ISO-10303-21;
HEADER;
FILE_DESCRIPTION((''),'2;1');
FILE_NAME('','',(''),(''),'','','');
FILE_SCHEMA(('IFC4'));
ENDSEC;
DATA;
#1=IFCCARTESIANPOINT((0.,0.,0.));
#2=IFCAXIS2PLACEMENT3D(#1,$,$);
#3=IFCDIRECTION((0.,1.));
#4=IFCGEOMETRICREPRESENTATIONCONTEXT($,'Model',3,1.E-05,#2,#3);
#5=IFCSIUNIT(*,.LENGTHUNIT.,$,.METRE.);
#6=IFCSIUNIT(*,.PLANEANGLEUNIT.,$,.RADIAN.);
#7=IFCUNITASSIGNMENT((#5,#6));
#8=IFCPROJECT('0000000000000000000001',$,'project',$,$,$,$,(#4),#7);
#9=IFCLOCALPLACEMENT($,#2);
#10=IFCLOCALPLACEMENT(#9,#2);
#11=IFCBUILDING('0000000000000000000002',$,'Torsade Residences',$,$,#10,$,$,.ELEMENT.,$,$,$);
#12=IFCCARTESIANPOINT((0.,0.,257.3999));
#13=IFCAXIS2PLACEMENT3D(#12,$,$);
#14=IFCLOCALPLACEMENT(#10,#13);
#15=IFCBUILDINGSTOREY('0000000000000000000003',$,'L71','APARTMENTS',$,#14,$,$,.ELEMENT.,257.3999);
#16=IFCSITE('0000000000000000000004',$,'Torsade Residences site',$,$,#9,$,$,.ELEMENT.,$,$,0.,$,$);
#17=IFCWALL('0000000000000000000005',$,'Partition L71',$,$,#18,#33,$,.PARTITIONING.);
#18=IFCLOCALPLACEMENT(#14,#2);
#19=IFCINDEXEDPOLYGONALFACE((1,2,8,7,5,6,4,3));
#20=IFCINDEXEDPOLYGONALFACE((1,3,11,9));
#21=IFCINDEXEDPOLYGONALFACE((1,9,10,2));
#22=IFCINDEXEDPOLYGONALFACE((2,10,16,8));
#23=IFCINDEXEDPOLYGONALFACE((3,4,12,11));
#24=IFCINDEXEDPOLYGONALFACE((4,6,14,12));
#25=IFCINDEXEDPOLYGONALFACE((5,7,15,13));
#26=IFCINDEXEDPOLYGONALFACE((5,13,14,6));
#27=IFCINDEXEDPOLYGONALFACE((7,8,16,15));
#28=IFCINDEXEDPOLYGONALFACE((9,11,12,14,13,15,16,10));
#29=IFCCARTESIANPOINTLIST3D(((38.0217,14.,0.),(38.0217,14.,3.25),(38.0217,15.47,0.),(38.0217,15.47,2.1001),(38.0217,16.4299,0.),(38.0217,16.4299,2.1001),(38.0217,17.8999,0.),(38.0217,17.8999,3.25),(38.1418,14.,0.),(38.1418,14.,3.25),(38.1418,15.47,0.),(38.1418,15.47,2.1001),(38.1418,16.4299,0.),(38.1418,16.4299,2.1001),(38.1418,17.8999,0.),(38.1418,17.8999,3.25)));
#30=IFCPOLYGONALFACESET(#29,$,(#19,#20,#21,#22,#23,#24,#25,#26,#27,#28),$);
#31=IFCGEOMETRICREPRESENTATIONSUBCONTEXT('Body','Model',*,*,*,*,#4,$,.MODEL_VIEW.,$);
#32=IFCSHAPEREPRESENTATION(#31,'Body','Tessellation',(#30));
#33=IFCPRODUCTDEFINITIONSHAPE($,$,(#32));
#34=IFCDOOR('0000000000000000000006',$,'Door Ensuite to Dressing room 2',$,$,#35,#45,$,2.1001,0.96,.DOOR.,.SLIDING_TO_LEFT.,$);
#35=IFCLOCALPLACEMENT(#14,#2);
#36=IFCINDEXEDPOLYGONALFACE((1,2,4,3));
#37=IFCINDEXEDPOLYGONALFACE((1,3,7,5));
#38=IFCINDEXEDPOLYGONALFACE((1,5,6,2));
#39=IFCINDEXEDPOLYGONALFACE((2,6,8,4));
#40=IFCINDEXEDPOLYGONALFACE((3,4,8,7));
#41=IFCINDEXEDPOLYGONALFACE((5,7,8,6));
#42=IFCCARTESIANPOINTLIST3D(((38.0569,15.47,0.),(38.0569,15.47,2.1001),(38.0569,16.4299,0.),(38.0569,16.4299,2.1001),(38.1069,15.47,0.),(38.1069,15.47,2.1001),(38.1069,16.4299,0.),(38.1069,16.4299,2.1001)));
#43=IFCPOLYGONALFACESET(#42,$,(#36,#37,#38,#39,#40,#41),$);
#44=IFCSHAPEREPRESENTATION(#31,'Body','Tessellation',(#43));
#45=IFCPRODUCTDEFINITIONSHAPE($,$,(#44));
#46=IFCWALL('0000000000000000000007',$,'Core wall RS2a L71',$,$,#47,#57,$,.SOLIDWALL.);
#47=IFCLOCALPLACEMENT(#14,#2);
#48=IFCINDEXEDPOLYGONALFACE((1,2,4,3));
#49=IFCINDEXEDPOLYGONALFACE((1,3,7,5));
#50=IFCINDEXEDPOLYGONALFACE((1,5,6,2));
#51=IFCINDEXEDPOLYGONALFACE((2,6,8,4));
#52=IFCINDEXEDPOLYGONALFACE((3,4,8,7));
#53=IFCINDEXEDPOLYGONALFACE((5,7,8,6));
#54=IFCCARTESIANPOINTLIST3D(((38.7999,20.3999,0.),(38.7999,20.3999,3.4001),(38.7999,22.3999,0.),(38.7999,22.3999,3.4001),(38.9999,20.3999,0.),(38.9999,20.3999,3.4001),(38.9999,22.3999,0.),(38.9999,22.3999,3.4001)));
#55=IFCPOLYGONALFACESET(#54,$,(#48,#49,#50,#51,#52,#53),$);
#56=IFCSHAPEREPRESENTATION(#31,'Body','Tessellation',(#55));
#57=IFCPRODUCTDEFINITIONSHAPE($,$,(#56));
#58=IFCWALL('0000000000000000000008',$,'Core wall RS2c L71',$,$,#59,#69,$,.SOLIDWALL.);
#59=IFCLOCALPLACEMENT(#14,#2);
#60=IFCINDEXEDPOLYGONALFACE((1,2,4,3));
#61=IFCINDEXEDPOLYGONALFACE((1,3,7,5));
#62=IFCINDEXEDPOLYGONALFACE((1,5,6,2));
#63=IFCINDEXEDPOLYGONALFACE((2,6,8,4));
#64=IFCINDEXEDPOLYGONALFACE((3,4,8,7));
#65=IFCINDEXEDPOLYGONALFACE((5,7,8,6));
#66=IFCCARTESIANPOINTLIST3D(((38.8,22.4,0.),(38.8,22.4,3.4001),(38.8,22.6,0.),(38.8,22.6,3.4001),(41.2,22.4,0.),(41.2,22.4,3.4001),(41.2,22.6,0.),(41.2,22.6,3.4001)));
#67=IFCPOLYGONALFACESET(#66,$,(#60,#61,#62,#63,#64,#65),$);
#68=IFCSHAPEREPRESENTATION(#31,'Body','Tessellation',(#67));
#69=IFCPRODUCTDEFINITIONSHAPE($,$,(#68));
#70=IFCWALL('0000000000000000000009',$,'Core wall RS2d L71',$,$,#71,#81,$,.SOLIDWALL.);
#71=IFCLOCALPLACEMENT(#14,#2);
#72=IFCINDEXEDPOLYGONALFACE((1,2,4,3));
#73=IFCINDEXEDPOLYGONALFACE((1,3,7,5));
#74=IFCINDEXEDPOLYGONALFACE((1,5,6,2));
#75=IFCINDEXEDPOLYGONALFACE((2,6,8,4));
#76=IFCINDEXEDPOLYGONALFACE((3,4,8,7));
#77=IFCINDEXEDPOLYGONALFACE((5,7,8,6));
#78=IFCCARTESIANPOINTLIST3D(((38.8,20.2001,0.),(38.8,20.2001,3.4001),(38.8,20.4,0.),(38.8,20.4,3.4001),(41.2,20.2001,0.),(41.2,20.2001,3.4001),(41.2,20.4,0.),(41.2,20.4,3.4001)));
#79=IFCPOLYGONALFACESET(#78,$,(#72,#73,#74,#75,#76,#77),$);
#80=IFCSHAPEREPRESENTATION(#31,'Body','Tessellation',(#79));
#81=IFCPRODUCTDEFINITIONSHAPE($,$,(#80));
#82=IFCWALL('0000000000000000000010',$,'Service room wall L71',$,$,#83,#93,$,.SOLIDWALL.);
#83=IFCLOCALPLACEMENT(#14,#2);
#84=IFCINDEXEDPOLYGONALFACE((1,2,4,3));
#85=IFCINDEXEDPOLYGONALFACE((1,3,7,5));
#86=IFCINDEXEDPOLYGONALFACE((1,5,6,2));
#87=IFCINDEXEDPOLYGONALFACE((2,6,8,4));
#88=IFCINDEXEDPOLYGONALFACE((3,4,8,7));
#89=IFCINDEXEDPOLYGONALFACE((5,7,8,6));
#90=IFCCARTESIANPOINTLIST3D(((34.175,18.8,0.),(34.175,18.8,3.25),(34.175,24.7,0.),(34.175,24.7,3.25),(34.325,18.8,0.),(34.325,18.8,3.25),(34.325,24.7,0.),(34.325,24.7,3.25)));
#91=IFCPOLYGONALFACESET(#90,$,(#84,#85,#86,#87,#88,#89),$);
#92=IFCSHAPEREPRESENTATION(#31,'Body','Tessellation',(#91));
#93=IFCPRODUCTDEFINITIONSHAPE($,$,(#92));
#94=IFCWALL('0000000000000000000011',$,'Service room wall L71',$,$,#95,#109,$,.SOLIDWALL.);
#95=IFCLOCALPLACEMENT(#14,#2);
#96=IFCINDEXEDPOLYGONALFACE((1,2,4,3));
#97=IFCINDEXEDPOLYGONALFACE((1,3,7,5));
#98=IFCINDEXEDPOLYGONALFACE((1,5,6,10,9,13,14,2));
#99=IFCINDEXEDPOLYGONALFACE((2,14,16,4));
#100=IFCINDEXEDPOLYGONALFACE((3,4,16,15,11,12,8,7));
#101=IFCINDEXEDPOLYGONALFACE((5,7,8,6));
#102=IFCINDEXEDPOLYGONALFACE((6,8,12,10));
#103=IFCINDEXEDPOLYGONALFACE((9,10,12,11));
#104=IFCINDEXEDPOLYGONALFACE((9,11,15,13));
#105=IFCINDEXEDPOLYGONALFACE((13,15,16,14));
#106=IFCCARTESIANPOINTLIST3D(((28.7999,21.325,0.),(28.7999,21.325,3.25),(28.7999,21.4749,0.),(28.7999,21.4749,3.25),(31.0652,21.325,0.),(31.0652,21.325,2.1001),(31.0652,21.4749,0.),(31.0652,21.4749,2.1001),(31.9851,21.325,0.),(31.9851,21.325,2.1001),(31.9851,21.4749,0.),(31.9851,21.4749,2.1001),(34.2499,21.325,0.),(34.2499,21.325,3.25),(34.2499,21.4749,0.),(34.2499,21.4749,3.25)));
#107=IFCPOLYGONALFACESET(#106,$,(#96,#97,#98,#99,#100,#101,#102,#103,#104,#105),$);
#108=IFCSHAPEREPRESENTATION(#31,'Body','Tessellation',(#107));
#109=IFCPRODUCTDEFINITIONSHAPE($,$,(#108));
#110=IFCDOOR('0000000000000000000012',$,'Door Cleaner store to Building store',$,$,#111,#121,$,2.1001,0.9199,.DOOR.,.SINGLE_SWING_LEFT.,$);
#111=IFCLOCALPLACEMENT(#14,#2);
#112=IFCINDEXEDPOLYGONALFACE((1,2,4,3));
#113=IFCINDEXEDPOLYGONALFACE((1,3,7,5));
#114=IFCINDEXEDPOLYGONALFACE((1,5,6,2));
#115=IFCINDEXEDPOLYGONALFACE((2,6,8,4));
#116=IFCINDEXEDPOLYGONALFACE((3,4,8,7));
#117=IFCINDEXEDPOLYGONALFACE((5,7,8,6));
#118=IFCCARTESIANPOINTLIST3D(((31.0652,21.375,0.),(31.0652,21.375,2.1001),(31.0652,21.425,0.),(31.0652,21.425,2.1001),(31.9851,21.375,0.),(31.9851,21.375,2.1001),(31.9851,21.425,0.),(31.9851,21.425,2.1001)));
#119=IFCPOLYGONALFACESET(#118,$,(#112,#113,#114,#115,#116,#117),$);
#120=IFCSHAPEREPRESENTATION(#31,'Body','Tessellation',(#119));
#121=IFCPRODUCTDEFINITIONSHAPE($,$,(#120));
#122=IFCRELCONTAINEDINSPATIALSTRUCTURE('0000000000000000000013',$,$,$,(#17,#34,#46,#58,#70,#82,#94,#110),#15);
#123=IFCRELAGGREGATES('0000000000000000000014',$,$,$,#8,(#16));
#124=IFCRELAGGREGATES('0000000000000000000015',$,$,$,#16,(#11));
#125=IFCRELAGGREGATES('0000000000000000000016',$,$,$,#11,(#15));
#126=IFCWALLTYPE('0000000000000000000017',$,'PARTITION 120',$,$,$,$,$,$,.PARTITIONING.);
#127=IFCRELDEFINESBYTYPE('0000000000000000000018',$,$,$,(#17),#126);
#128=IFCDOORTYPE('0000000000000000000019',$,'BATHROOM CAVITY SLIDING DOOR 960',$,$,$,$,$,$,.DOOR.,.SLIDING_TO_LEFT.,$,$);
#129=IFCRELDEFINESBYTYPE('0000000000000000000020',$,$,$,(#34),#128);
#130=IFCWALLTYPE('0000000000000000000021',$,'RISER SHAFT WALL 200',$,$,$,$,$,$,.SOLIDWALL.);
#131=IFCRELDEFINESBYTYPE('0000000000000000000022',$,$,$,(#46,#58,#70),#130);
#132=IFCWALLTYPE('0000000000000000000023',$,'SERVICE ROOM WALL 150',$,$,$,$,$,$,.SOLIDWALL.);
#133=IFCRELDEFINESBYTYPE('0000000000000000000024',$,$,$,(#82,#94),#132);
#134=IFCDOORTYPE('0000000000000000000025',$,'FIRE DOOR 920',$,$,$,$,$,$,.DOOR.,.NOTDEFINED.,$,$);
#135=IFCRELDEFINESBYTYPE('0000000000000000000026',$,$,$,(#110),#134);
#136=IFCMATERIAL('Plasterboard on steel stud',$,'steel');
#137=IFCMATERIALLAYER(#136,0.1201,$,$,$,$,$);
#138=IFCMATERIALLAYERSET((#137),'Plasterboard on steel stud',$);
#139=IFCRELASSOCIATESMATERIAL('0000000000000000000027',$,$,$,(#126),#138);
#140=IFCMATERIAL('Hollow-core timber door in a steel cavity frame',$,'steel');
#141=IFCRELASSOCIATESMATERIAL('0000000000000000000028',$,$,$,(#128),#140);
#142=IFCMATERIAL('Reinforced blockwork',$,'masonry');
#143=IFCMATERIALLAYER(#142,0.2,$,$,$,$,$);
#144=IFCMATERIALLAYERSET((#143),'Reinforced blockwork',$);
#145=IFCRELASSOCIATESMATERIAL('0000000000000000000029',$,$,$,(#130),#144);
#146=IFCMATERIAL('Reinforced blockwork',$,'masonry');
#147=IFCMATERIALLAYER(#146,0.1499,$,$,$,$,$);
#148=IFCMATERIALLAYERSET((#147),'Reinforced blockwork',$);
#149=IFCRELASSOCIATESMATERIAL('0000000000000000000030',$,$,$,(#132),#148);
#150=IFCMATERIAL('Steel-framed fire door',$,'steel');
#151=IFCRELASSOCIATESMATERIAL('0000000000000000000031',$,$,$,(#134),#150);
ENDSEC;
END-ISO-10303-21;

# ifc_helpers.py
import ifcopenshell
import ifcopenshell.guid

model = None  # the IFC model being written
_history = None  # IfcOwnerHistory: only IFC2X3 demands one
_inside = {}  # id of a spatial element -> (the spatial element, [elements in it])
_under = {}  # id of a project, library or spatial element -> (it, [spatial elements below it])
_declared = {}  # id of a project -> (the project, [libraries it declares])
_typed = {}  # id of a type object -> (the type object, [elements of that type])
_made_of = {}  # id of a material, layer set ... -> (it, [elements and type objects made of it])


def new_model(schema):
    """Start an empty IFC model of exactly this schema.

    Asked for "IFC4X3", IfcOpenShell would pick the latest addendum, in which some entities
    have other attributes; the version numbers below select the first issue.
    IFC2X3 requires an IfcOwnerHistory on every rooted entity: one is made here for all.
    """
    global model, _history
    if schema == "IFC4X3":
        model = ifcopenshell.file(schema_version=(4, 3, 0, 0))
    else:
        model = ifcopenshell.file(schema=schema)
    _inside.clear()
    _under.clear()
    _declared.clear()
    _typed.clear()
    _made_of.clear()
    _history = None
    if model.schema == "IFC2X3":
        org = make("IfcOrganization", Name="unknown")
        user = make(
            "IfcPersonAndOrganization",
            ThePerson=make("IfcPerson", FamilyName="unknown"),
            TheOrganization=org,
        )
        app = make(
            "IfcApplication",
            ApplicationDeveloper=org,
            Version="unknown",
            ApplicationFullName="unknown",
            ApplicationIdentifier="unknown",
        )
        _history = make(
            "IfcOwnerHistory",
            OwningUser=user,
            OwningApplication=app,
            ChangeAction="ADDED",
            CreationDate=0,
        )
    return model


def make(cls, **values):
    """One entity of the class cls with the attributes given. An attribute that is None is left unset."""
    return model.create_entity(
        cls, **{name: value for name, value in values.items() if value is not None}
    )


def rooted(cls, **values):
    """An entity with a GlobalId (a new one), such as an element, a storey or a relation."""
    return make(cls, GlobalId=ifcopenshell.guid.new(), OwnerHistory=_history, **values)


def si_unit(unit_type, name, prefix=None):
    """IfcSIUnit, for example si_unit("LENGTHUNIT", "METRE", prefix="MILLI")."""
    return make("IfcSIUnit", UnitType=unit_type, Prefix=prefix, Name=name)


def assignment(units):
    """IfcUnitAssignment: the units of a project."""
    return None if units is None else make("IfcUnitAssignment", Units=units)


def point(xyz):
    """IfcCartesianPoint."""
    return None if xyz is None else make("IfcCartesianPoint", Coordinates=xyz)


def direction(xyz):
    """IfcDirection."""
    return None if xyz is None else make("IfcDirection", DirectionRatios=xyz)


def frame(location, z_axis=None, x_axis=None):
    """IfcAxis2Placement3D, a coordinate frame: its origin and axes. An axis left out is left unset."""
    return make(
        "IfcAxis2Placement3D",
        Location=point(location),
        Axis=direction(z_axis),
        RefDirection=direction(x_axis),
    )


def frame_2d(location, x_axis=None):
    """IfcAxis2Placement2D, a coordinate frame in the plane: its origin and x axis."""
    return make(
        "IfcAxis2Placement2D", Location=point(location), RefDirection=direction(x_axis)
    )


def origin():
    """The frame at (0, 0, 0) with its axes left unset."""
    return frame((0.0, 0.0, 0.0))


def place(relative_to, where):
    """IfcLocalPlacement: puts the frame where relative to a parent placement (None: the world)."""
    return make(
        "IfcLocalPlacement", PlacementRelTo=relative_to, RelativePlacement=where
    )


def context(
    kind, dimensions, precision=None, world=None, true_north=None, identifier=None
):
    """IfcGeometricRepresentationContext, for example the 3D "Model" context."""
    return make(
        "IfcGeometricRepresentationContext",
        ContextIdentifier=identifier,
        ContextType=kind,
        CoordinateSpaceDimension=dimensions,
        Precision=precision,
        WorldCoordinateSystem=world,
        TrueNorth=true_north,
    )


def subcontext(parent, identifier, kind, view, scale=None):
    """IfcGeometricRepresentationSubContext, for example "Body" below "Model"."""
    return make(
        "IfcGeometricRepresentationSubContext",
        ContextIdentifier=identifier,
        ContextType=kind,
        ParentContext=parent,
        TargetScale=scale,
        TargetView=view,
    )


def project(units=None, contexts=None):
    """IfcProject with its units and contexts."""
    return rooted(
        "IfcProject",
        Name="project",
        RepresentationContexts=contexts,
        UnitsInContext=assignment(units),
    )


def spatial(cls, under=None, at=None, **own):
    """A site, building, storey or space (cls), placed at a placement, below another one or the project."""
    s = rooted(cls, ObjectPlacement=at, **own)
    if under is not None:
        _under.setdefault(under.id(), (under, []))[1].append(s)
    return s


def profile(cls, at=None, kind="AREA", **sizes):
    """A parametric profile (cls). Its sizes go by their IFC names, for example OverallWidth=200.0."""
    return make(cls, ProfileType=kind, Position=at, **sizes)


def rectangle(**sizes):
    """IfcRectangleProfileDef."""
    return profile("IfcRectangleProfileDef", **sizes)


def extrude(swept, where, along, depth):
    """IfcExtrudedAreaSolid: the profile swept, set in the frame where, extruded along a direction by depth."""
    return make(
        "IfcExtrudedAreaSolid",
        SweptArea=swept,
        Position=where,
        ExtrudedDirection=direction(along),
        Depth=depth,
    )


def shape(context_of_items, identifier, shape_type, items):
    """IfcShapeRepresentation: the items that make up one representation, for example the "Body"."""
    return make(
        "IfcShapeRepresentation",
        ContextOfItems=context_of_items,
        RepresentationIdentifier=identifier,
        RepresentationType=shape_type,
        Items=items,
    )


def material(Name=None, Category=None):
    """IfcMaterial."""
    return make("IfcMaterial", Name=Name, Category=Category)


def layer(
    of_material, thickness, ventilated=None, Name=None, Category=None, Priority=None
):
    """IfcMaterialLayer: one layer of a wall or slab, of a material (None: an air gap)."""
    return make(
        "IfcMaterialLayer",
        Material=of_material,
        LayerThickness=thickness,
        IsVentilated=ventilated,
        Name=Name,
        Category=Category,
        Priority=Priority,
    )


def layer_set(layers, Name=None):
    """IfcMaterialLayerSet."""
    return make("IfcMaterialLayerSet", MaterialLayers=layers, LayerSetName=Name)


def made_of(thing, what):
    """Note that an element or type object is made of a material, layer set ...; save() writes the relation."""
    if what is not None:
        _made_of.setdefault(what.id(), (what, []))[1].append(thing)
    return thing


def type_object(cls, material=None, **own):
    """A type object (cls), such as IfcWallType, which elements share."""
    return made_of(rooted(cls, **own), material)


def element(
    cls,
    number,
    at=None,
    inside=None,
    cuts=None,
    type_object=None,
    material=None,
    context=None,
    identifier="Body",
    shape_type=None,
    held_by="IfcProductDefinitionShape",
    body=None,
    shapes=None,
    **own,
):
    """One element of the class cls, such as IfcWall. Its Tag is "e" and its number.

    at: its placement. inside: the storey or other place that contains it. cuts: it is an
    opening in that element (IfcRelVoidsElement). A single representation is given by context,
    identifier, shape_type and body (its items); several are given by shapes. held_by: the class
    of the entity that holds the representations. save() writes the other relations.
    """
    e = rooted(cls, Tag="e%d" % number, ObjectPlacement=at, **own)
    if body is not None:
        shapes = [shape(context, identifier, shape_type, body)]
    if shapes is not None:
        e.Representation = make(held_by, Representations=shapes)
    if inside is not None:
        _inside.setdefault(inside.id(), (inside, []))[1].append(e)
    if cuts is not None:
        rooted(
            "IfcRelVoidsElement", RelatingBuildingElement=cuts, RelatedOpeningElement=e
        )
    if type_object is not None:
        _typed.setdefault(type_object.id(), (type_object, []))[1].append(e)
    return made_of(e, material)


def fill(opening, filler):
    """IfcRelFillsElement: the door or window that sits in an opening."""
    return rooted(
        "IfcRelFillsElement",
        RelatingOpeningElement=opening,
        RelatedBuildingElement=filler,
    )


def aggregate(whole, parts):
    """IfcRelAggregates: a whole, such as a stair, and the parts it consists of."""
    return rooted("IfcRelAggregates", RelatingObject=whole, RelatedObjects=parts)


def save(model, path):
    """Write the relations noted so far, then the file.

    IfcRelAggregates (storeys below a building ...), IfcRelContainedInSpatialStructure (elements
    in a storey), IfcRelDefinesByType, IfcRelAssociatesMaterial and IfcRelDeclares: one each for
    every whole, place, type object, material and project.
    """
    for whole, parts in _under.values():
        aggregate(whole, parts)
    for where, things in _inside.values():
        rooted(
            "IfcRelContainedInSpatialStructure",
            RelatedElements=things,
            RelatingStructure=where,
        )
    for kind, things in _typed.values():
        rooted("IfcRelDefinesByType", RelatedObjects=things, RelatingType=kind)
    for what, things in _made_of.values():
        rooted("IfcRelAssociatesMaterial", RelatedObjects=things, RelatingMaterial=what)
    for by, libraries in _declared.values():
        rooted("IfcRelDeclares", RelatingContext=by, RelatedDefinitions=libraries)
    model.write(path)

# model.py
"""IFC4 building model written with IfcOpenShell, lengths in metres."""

from ifc_helpers import new_model, si_unit, direction, frame, frame_2d, origin, place, context, subcontext, project, spatial, rectangle, extrude, material, layer, layer_set, type_object, element, fill, save


model = new_model("IFC4")

# Units and contexts
model_context = context("Model", 3, precision=1e-05, world=origin(), true_north=direction((0.0, 1.0)))
body_context = subcontext(model_context, "Body", "Model", "MODEL_VIEW")
ifc_project = project(units=[si_unit("LENGTHUNIT", "METRE"), si_unit("PLANEANGLEUNIT", "RADIAN")], contexts=[model_context])

# Site, building, storey
site_placement = place(None, origin())
site = spatial("IfcSite", under=ifc_project, at=site_placement, Name="Torsade Residences site", CompositionType="ELEMENT", RefElevation=0.0)
building_placement = place(site_placement, origin())
building = spatial("IfcBuilding", under=site, at=building_placement, Name="Torsade Residences", CompositionType="ELEMENT")
storey_placement = place(building_placement, frame((0.0, 0.0, 257.3999)))
storey = spatial("IfcBuildingStorey", under=building, at=storey_placement, Name="L71", Description="APARTMENTS", CompositionType="ELEMENT", Elevation=257.3999)

# Wall, opening, door
ifc_material_1 = material(Name="Plasterboard on steel stud", Category="steel")
ifc_layer_1 = layer(ifc_material_1, 0.1201)
ifc_layer_set_1 = layer_set([ifc_layer_1], Name="Plasterboard on steel stud")
wall_type_1 = type_object("IfcWallType", Name="PARTITION 120", PredefinedType="PARTITIONING", material=ifc_layer_set_1)
ifc_material_2 = material(Name="Hollow-core timber door in a steel cavity frame", Category="steel")
door_type_1 = type_object("IfcDoorType", Name="BATHROOM CAVITY SLIDING DOOR 960", OperationType="SLIDING_TO_LEFT", PredefinedType="DOOR", material=ifc_material_2)
wall_1_placement = place(storey_placement, frame((38.0818, 14.0, 0.0), z_axis=(0.0, 0.0, 1.0), x_axis=(0.0, 1.0, 0.0)))
wall_1 = element("IfcWall", 1, at=wall_1_placement, inside=storey, type_object=wall_type_1, Name="Partition L71", PredefinedType="PARTITIONING", context=body_context, shape_type="SweptSolid", body=[
    extrude(rectangle(XDim=3.8999, YDim=0.1201, at=frame_2d((1.95, 0.0))), origin(), (0.0, 0.0, 1.0), 3.25),
])
opening_1_placement = place(wall_1_placement, frame((1.47, 0.0, 0.0)))
opening_1 = element("IfcOpeningElement", 2, at=opening_1_placement, cuts=wall_1, PredefinedType="OPENING", context=body_context, shape_type="SweptSolid", body=[
    extrude(rectangle(XDim=0.96, YDim=2.1001, at=frame_2d((0.48, 1.05))), frame((0.0, 0.0701, 0.0), z_axis=(0.0, -1.0, 0.0), x_axis=(1.0, 0.0, 0.0)), (0.0, 0.0, 1.0), 0.1401),
])
door_1_placement = place(opening_1_placement, origin())
door_1 = element("IfcDoor", 3, at=door_1_placement, inside=storey, type_object=door_type_1, Name="Door Ensuite to Dressing room 2", OperationType="SLIDING_TO_LEFT", OverallHeight=2.1001, OverallWidth=0.96, PredefinedType="DOOR", context=body_context, shape_type="SweptSolid", body=[
    extrude(rectangle(XDim=0.96, YDim=2.1001, at=frame_2d((0.48, 1.05))), frame((0.0, 0.0249, 0.0), z_axis=(0.0, -1.0, 0.0), x_axis=(1.0, 0.0, 0.0)), (0.0, 0.0, 1.0), 0.05),
])
fill(opening_1, door_1)

# Walls
ifc_material_3 = material(Name="Reinforced blockwork", Category="masonry")
ifc_layer_2 = layer(ifc_material_3, 0.2)
ifc_layer_set_2 = layer_set([ifc_layer_2], Name="Reinforced blockwork")
wall_type_2 = type_object("IfcWallType", Name="RISER SHAFT WALL 200", PredefinedType="SOLIDWALL", material=ifc_layer_set_2)
wall_2_placement = place(storey_placement, frame((38.8999, 22.3999, 0.0), z_axis=(0.0, 0.0, 1.0), x_axis=(0.0, -1.0, 0.0)))
element("IfcWall", 4, at=wall_2_placement, inside=storey, type_object=wall_type_2, Name="Core wall RS2a L71", PredefinedType="SOLIDWALL", context=body_context, shape_type="SweptSolid", body=[
    extrude(rectangle(XDim=2.0, YDim=0.2, at=frame_2d((1.0, 0.0))), origin(), (0.0, 0.0, 1.0), 3.4001),
])
for number, where, z_axis, x_axis, name in (
    (5, (38.8, 22.5, 0.0), (0.0, 0.0, 1.0), (1.0, 0.0, 0.0), "Core wall RS2c L71"),
    (6, (38.8, 20.3, 0.0), (0.0, 0.0, 1.0), (1.0, 0.0, 0.0), "Core wall RS2d L71"),
):
    element("IfcWall", number, at=place(storey_placement, frame(where, z_axis=z_axis, x_axis=x_axis)), inside=storey, type_object=wall_type_2, Name=name, PredefinedType="SOLIDWALL", context=body_context, shape_type="SweptSolid", body=[
        extrude(rectangle(XDim=2.3999, YDim=0.2, at=frame_2d((1.2, 0.0))), origin(), (0.0, 0.0, 1.0), 3.4001),
    ])
ifc_material_4 = material(Name="Reinforced blockwork", Category="masonry")
ifc_layer_3 = layer(ifc_material_4, 0.1499)
ifc_layer_set_3 = layer_set([ifc_layer_3], Name="Reinforced blockwork")
wall_type_3 = type_object("IfcWallType", Name="SERVICE ROOM WALL 150", PredefinedType="SOLIDWALL", material=ifc_layer_set_3)
wall_3_placement = place(storey_placement, frame((34.25, 18.8, 0.0), z_axis=(0.0, 0.0, 1.0), x_axis=(0.0, 1.0, 0.0)))
element("IfcWall", 7, at=wall_3_placement, inside=storey, type_object=wall_type_3, Name="Service room wall L71", PredefinedType="SOLIDWALL", context=body_context, shape_type="SweptSolid", body=[
    extrude(rectangle(XDim=5.8999, YDim=0.1499, at=frame_2d((2.95, 0.0))), origin(), (0.0, 0.0, 1.0), 3.25),
])

# Wall, opening, door
wall_4_placement = place(storey_placement, frame((34.25, 21.3999, 0.0), z_axis=(0.0, 0.0, 1.0), x_axis=(-1.0, 0.0, 0.0)))
wall_4 = element("IfcWall", 8, at=wall_4_placement, inside=storey, type_object=wall_type_3, Name="Service room wall L71", PredefinedType="SOLIDWALL", context=body_context, shape_type="SweptSolid", body=[
    extrude(rectangle(XDim=5.45, YDim=0.1499, at=frame_2d((2.7251, 0.0))), origin(), (0.0, 0.0, 1.0), 3.25),
])
opening_2_placement = place(wall_4_placement, frame((2.2649, 0.0, 0.0)))
opening_2 = element("IfcOpeningElement", 9, at=opening_2_placement, cuts=wall_4, PredefinedType="OPENING", context=body_context, shape_type="SweptSolid", body=[
    extrude(rectangle(XDim=0.9199, YDim=2.1001, at=frame_2d((0.46, 1.05))), frame((0.0, 0.085, 0.0), z_axis=(0.0, -1.0, 0.0), x_axis=(1.0, 0.0, 0.0)), (0.0, 0.0, 1.0), 0.1699),
])
ifc_material_5 = material(Name="Steel-framed fire door", Category="steel")
door_type_2 = type_object("IfcDoorType", Name="FIRE DOOR 920", OperationType="NOTDEFINED", PredefinedType="DOOR", material=ifc_material_5)
door_2_placement = place(opening_2_placement, origin())
door_2 = element("IfcDoor", 10, at=door_2_placement, inside=storey, type_object=door_type_2, Name="Door Cleaner store to Building store", OperationType="SINGLE_SWING_LEFT", OverallHeight=2.1001, OverallWidth=0.9199, PredefinedType="DOOR", context=body_context, shape_type="SweptSolid", body=[
    extrude(rectangle(XDim=0.9199, YDim=2.1001, at=frame_2d((0.46, 1.05))), frame((0.0, 0.0249, 0.0), z_axis=(0.0, -1.0, 0.0), x_axis=(1.0, 0.0, 0.0)), (0.0, 0.0, 1.0), 0.05),
])
fill(opening_2, door_2)

save(model, "model.ifc")
